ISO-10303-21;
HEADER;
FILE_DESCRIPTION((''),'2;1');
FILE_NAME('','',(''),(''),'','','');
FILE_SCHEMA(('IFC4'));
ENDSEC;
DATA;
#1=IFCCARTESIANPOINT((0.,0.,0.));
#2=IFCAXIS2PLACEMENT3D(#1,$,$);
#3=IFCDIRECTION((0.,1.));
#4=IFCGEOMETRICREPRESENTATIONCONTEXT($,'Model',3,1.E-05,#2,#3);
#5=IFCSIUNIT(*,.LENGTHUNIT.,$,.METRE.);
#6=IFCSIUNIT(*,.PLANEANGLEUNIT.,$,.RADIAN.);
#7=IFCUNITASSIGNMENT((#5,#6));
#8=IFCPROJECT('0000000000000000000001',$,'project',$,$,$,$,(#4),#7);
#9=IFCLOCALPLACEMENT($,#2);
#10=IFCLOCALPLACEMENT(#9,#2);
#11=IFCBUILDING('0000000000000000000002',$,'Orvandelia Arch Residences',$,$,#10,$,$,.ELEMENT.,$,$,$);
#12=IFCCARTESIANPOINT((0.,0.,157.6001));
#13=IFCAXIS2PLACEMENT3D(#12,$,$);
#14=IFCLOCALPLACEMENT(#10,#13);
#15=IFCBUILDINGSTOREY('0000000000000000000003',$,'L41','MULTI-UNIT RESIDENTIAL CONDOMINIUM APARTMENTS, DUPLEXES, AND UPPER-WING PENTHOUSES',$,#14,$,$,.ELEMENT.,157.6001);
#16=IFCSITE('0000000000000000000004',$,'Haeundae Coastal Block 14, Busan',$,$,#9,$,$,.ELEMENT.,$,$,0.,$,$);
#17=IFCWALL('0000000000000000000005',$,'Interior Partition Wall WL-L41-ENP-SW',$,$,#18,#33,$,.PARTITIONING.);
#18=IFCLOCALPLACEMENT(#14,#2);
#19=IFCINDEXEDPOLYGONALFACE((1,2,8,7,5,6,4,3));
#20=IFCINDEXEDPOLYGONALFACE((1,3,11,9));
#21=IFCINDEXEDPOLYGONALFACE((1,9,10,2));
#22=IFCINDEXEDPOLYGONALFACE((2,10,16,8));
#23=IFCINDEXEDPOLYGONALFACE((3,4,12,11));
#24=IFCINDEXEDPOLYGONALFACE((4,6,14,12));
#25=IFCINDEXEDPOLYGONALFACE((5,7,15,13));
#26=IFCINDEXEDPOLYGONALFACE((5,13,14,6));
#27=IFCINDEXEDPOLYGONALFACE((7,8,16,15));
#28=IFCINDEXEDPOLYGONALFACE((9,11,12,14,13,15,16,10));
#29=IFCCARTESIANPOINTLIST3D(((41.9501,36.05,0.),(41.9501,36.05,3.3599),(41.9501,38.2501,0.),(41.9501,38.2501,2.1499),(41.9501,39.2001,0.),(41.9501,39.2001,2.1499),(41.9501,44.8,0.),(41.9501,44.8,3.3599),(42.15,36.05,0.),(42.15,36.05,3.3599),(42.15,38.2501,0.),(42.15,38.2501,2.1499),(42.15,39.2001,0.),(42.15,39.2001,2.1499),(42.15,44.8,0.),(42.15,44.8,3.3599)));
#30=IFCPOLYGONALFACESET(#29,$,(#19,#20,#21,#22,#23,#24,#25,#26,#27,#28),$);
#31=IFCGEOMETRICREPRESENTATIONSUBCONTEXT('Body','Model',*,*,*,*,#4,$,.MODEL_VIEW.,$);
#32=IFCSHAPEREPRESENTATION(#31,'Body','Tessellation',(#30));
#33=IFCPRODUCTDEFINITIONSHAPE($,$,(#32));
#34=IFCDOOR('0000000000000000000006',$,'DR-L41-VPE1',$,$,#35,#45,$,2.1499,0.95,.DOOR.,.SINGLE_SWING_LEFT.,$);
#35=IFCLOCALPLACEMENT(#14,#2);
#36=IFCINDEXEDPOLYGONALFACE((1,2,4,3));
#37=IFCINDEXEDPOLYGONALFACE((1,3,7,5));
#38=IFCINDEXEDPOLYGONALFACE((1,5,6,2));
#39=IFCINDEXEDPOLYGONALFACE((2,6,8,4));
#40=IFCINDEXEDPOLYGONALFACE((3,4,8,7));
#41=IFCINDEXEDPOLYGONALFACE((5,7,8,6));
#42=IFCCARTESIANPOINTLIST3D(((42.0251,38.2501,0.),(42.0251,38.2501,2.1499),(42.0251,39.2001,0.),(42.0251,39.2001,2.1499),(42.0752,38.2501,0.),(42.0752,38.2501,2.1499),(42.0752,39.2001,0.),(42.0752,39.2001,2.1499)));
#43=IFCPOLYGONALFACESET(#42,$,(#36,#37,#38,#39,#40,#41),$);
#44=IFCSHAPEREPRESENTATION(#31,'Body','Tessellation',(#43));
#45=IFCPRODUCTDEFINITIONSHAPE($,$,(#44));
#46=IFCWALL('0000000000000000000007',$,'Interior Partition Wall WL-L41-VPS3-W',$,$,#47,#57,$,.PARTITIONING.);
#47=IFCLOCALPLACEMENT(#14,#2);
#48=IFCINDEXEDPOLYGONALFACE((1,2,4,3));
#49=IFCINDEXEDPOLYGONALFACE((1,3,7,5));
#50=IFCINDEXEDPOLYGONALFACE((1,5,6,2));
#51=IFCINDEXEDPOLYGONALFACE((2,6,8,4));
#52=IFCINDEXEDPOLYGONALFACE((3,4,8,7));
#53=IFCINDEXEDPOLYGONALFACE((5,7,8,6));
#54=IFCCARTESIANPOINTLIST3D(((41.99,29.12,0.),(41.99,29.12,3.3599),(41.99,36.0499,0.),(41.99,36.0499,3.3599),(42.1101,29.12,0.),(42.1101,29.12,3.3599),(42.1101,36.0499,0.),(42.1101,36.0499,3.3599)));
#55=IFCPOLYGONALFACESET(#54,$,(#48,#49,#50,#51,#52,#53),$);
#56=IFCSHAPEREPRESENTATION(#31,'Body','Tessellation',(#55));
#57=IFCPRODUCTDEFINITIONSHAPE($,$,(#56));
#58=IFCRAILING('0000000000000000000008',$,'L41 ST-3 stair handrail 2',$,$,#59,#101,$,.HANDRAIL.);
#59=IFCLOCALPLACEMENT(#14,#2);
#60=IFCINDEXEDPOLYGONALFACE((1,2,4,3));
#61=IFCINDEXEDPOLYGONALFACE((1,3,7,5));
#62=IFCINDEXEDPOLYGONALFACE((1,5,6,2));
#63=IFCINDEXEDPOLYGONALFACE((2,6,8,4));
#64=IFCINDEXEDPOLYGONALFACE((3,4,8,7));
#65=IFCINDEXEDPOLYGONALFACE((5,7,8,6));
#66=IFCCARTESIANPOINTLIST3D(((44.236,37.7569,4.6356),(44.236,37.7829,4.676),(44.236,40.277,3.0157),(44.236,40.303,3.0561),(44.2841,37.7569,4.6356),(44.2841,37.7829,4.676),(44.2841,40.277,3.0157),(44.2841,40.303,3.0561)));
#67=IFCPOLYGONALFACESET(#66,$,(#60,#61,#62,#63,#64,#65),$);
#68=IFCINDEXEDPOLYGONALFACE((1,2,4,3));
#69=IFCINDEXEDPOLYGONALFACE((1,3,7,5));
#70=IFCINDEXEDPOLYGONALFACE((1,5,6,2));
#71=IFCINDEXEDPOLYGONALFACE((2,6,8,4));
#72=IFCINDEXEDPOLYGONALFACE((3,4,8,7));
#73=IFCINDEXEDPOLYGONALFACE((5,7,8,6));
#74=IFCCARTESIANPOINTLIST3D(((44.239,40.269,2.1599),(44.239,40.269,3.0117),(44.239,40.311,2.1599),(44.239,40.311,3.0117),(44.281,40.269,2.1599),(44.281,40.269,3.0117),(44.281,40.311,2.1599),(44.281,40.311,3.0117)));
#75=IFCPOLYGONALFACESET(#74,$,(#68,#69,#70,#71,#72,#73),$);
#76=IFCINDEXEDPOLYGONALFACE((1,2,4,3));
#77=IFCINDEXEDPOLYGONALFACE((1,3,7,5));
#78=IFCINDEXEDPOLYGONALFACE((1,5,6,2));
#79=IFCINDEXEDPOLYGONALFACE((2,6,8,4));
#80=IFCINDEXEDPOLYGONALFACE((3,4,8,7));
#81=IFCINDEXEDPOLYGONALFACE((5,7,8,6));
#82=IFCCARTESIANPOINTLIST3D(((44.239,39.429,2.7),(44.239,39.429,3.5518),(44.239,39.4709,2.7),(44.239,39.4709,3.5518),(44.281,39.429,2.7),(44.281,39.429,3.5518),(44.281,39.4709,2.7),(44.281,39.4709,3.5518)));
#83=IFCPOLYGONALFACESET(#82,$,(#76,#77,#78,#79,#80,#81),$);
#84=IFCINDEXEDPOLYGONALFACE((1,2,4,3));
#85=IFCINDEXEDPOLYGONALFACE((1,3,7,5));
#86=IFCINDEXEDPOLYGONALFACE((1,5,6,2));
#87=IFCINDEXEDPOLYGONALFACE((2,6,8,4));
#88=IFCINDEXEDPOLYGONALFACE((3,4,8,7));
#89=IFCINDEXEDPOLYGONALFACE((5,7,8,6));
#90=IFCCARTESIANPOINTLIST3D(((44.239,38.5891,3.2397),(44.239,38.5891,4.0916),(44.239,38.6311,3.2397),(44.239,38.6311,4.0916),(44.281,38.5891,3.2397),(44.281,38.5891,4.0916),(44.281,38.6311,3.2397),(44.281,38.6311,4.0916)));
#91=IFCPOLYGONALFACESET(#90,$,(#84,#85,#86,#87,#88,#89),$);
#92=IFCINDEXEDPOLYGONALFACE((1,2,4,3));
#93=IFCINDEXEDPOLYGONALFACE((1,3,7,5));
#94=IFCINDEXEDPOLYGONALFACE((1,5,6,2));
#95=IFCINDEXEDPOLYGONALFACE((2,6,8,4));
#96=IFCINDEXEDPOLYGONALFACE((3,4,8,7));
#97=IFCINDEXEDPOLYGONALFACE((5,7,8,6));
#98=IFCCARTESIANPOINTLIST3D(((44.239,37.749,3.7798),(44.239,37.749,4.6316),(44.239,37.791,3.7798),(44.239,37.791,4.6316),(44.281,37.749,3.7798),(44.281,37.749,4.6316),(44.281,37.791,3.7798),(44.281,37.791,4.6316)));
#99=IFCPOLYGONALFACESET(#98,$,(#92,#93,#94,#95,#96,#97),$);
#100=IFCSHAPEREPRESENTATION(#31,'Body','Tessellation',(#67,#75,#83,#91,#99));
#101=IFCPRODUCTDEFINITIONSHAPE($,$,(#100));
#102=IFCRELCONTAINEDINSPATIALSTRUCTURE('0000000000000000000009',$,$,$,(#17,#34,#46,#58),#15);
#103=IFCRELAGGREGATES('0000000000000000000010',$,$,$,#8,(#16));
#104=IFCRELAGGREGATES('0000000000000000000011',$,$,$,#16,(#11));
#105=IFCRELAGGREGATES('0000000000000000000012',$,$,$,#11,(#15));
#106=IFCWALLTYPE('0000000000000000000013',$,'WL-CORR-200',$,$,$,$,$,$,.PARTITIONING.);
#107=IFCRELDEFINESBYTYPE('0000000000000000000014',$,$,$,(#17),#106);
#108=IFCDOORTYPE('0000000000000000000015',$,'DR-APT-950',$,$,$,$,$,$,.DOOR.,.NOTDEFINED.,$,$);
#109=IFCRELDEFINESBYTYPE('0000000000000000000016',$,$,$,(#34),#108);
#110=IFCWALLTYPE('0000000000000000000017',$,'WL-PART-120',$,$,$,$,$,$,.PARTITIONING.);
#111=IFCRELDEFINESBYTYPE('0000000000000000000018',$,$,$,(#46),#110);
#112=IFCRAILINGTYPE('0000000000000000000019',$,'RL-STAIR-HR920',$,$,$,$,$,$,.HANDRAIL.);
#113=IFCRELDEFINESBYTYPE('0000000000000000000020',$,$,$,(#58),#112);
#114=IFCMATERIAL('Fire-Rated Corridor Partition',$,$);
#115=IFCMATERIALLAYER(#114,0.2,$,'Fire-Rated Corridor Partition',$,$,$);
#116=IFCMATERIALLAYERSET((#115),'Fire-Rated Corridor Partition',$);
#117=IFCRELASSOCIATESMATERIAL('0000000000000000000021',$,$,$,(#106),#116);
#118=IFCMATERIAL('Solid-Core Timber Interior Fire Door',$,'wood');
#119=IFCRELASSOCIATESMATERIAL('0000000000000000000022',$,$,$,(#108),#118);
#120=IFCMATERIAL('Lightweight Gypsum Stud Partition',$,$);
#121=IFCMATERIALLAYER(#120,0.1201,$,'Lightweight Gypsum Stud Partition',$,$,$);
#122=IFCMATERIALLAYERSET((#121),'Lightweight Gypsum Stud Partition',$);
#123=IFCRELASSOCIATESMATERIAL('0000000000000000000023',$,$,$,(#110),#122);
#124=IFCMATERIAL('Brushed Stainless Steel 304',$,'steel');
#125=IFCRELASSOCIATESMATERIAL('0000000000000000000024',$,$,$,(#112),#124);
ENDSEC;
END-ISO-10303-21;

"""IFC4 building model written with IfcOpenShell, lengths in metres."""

from ifc_helpers import new_model, si_unit, direction, frame, frame_2d, origin, origin_2d, place, context, subcontext, project, spatial, rectangle, extrude, material, layer, layer_set, type_object, element, fill, save


model = new_model("IFC4")

# Units and contexts
model_context = context("Model", 3, precision=1e-05, world=origin(), true_north=direction((0.0, 1.0)))
body_context = subcontext(model_context, "Body", "Model", "MODEL_VIEW")
ifc_project = project(units=[si_unit("LENGTHUNIT", "METRE"), si_unit("PLANEANGLEUNIT", "RADIAN")], contexts=[model_context])

# Site, building, storey
site_placement = place(None, origin())
site = spatial("IfcSite", under=ifc_project, at=site_placement, Name="Haeundae Coastal Block 14, Busan", CompositionType="ELEMENT", RefElevation=0.0)
building_placement = place(site_placement, origin())
building = spatial("IfcBuilding", under=site, at=building_placement, Name="Orvandelia Arch Residences", CompositionType="ELEMENT")
storey_placement = place(building_placement, frame((0.0, 0.0, 157.6001)))
storey = spatial("IfcBuildingStorey", under=building, at=storey_placement, Name="L41", Description="MULTI-UNIT RESIDENTIAL CONDOMINIUM APARTMENTS, DUPLEXES, AND UPPER-WING PENTHOUSES", CompositionType="ELEMENT", Elevation=157.6001)

# Wall, opening, door
ifc_material_1 = material(Name="Fire-Rated Corridor Partition")
ifc_layer_1 = layer(ifc_material_1, 0.2, Name="Fire-Rated Corridor Partition")
ifc_layer_set_1 = layer_set([ifc_layer_1], Name="Fire-Rated Corridor Partition")
wall_type_1 = type_object("IfcWallType", Name="WL-CORR-200", PredefinedType="PARTITIONING", material=ifc_layer_set_1)
wall_1_placement = place(storey_placement, frame((42.05, 36.05, 0.0), z_axis=(0.0, 0.0, 1.0), x_axis=(0.0, 1.0, 0.0)))
wall_1 = element("IfcWall", 1, at=wall_1_placement, inside=storey, type_object=wall_type_1, Name="Interior Partition Wall WL-L41-ENP-SW", PredefinedType="PARTITIONING", context=body_context, shape_type="SweptSolid", body=[
    extrude(rectangle(XDim=8.75, YDim=0.2, at=frame_2d((4.375, 0.0))), origin(), (0.0, 0.0, 1.0), 3.3599),
])
opening_1_placement = place(wall_1_placement, frame((2.2, 0.0, 0.0)))
opening_1 = element("IfcOpeningElement", 2, at=opening_1_placement, cuts=wall_1, PredefinedType="OPENING", context=body_context, shape_type="SweptSolid", body=[
    extrude(rectangle(XDim=0.95, YDim=2.1499, at=frame_2d((0.4751, 1.075))), frame((0.0, 0.1099, 0.0), z_axis=(0.0, -1.0, 0.0), x_axis=(1.0, 0.0, 0.0)), (0.0, 0.0, 1.0), 0.22),
])
ifc_material_2 = material(Name="Solid-Core Timber Interior Fire Door", Category="wood")
door_type_1 = type_object("IfcDoorType", Name="DR-APT-950", OperationType="NOTDEFINED", PredefinedType="DOOR", material=ifc_material_2)
door_1_placement = place(opening_1_placement, origin())
door_1 = element("IfcDoor", 3, at=door_1_placement, inside=storey, type_object=door_type_1, Name="DR-L41-VPE1", OperationType="SINGLE_SWING_LEFT", OverallHeight=2.1499, OverallWidth=0.95, PredefinedType="DOOR", context=body_context, shape_type="SweptSolid", body=[
    extrude(rectangle(XDim=0.95, YDim=2.1499, at=frame_2d((0.4751, 1.075))), frame((0.0, 0.0249, 0.0), z_axis=(0.0, -1.0, 0.0), x_axis=(1.0, 0.0, 0.0)), (0.0, 0.0, 1.0), 0.05),
])
fill(opening_1, door_1)
ifc_material_3 = material(Name="Lightweight Gypsum Stud Partition")
ifc_layer_2 = layer(ifc_material_3, 0.1201, Name="Lightweight Gypsum Stud Partition")
ifc_layer_set_2 = layer_set([ifc_layer_2], Name="Lightweight Gypsum Stud Partition")
wall_type_2 = type_object("IfcWallType", Name="WL-PART-120", PredefinedType="PARTITIONING", material=ifc_layer_set_2)

# Wall
wall_2_placement = place(storey_placement, frame((42.05, 29.1201, 0.0), z_axis=(0.0, 0.0, 1.0), x_axis=(0.0, 1.0, 0.0)))
element("IfcWall", 4, at=wall_2_placement, inside=storey, type_object=wall_type_2, Name="Interior Partition Wall WL-L41-VPS3-W", PredefinedType="PARTITIONING", context=body_context, shape_type="SweptSolid", body=[
    extrude(rectangle(XDim=6.9299, YDim=0.1201, at=frame_2d((3.4648, 0.0))), origin(), (0.0, 0.0, 1.0), 3.3599),
])

# Railing
ifc_material_4 = material(Name="Brushed Stainless Steel 304", Category="steel")
railing_type = type_object("IfcRailingType", Name="RL-STAIR-HR920", PredefinedType="HANDRAIL", material=ifc_material_4)
railing_placement = place(storey_placement, frame((44.26, 40.29, 2.1599)))
element("IfcRailing", 5, at=railing_placement, inside=storey, type_object=railing_type, Name="L41 ST-3 stair handrail 2", PredefinedType="HANDRAIL", context=body_context, shape_type="SweptSolid", body=[
    extrude(rectangle(XDim=0.0481, YDim=0.0481, at=origin_2d()), frame((0.0, 0.0, 0.876), z_axis=(0.0, -0.8412, 0.540725), x_axis=(1.0, 0.0, 0.0)), (0.0, 0.0, 1.0), 2.9958),
    extrude(rectangle(XDim=0.042, YDim=0.042, at=origin_2d()), origin(), (0.0, 0.0, 1.0), 0.8518),
    extrude(rectangle(XDim=0.042, YDim=0.042, at=origin_2d()), frame((0.0, -0.8401, 0.54)), (0.0, 0.0, 1.0), 0.8518),
    extrude(rectangle(XDim=0.042, YDim=0.042, at=origin_2d()), frame((0.0, -1.6799, 1.0798)), (0.0, 0.0, 1.0), 0.8518),
    extrude(rectangle(XDim=0.042, YDim=0.042, at=origin_2d()), frame((0.0, -2.52, 1.6199)), (0.0, 0.0, 1.0), 0.8518),
])

save(model, "model.ifc")
